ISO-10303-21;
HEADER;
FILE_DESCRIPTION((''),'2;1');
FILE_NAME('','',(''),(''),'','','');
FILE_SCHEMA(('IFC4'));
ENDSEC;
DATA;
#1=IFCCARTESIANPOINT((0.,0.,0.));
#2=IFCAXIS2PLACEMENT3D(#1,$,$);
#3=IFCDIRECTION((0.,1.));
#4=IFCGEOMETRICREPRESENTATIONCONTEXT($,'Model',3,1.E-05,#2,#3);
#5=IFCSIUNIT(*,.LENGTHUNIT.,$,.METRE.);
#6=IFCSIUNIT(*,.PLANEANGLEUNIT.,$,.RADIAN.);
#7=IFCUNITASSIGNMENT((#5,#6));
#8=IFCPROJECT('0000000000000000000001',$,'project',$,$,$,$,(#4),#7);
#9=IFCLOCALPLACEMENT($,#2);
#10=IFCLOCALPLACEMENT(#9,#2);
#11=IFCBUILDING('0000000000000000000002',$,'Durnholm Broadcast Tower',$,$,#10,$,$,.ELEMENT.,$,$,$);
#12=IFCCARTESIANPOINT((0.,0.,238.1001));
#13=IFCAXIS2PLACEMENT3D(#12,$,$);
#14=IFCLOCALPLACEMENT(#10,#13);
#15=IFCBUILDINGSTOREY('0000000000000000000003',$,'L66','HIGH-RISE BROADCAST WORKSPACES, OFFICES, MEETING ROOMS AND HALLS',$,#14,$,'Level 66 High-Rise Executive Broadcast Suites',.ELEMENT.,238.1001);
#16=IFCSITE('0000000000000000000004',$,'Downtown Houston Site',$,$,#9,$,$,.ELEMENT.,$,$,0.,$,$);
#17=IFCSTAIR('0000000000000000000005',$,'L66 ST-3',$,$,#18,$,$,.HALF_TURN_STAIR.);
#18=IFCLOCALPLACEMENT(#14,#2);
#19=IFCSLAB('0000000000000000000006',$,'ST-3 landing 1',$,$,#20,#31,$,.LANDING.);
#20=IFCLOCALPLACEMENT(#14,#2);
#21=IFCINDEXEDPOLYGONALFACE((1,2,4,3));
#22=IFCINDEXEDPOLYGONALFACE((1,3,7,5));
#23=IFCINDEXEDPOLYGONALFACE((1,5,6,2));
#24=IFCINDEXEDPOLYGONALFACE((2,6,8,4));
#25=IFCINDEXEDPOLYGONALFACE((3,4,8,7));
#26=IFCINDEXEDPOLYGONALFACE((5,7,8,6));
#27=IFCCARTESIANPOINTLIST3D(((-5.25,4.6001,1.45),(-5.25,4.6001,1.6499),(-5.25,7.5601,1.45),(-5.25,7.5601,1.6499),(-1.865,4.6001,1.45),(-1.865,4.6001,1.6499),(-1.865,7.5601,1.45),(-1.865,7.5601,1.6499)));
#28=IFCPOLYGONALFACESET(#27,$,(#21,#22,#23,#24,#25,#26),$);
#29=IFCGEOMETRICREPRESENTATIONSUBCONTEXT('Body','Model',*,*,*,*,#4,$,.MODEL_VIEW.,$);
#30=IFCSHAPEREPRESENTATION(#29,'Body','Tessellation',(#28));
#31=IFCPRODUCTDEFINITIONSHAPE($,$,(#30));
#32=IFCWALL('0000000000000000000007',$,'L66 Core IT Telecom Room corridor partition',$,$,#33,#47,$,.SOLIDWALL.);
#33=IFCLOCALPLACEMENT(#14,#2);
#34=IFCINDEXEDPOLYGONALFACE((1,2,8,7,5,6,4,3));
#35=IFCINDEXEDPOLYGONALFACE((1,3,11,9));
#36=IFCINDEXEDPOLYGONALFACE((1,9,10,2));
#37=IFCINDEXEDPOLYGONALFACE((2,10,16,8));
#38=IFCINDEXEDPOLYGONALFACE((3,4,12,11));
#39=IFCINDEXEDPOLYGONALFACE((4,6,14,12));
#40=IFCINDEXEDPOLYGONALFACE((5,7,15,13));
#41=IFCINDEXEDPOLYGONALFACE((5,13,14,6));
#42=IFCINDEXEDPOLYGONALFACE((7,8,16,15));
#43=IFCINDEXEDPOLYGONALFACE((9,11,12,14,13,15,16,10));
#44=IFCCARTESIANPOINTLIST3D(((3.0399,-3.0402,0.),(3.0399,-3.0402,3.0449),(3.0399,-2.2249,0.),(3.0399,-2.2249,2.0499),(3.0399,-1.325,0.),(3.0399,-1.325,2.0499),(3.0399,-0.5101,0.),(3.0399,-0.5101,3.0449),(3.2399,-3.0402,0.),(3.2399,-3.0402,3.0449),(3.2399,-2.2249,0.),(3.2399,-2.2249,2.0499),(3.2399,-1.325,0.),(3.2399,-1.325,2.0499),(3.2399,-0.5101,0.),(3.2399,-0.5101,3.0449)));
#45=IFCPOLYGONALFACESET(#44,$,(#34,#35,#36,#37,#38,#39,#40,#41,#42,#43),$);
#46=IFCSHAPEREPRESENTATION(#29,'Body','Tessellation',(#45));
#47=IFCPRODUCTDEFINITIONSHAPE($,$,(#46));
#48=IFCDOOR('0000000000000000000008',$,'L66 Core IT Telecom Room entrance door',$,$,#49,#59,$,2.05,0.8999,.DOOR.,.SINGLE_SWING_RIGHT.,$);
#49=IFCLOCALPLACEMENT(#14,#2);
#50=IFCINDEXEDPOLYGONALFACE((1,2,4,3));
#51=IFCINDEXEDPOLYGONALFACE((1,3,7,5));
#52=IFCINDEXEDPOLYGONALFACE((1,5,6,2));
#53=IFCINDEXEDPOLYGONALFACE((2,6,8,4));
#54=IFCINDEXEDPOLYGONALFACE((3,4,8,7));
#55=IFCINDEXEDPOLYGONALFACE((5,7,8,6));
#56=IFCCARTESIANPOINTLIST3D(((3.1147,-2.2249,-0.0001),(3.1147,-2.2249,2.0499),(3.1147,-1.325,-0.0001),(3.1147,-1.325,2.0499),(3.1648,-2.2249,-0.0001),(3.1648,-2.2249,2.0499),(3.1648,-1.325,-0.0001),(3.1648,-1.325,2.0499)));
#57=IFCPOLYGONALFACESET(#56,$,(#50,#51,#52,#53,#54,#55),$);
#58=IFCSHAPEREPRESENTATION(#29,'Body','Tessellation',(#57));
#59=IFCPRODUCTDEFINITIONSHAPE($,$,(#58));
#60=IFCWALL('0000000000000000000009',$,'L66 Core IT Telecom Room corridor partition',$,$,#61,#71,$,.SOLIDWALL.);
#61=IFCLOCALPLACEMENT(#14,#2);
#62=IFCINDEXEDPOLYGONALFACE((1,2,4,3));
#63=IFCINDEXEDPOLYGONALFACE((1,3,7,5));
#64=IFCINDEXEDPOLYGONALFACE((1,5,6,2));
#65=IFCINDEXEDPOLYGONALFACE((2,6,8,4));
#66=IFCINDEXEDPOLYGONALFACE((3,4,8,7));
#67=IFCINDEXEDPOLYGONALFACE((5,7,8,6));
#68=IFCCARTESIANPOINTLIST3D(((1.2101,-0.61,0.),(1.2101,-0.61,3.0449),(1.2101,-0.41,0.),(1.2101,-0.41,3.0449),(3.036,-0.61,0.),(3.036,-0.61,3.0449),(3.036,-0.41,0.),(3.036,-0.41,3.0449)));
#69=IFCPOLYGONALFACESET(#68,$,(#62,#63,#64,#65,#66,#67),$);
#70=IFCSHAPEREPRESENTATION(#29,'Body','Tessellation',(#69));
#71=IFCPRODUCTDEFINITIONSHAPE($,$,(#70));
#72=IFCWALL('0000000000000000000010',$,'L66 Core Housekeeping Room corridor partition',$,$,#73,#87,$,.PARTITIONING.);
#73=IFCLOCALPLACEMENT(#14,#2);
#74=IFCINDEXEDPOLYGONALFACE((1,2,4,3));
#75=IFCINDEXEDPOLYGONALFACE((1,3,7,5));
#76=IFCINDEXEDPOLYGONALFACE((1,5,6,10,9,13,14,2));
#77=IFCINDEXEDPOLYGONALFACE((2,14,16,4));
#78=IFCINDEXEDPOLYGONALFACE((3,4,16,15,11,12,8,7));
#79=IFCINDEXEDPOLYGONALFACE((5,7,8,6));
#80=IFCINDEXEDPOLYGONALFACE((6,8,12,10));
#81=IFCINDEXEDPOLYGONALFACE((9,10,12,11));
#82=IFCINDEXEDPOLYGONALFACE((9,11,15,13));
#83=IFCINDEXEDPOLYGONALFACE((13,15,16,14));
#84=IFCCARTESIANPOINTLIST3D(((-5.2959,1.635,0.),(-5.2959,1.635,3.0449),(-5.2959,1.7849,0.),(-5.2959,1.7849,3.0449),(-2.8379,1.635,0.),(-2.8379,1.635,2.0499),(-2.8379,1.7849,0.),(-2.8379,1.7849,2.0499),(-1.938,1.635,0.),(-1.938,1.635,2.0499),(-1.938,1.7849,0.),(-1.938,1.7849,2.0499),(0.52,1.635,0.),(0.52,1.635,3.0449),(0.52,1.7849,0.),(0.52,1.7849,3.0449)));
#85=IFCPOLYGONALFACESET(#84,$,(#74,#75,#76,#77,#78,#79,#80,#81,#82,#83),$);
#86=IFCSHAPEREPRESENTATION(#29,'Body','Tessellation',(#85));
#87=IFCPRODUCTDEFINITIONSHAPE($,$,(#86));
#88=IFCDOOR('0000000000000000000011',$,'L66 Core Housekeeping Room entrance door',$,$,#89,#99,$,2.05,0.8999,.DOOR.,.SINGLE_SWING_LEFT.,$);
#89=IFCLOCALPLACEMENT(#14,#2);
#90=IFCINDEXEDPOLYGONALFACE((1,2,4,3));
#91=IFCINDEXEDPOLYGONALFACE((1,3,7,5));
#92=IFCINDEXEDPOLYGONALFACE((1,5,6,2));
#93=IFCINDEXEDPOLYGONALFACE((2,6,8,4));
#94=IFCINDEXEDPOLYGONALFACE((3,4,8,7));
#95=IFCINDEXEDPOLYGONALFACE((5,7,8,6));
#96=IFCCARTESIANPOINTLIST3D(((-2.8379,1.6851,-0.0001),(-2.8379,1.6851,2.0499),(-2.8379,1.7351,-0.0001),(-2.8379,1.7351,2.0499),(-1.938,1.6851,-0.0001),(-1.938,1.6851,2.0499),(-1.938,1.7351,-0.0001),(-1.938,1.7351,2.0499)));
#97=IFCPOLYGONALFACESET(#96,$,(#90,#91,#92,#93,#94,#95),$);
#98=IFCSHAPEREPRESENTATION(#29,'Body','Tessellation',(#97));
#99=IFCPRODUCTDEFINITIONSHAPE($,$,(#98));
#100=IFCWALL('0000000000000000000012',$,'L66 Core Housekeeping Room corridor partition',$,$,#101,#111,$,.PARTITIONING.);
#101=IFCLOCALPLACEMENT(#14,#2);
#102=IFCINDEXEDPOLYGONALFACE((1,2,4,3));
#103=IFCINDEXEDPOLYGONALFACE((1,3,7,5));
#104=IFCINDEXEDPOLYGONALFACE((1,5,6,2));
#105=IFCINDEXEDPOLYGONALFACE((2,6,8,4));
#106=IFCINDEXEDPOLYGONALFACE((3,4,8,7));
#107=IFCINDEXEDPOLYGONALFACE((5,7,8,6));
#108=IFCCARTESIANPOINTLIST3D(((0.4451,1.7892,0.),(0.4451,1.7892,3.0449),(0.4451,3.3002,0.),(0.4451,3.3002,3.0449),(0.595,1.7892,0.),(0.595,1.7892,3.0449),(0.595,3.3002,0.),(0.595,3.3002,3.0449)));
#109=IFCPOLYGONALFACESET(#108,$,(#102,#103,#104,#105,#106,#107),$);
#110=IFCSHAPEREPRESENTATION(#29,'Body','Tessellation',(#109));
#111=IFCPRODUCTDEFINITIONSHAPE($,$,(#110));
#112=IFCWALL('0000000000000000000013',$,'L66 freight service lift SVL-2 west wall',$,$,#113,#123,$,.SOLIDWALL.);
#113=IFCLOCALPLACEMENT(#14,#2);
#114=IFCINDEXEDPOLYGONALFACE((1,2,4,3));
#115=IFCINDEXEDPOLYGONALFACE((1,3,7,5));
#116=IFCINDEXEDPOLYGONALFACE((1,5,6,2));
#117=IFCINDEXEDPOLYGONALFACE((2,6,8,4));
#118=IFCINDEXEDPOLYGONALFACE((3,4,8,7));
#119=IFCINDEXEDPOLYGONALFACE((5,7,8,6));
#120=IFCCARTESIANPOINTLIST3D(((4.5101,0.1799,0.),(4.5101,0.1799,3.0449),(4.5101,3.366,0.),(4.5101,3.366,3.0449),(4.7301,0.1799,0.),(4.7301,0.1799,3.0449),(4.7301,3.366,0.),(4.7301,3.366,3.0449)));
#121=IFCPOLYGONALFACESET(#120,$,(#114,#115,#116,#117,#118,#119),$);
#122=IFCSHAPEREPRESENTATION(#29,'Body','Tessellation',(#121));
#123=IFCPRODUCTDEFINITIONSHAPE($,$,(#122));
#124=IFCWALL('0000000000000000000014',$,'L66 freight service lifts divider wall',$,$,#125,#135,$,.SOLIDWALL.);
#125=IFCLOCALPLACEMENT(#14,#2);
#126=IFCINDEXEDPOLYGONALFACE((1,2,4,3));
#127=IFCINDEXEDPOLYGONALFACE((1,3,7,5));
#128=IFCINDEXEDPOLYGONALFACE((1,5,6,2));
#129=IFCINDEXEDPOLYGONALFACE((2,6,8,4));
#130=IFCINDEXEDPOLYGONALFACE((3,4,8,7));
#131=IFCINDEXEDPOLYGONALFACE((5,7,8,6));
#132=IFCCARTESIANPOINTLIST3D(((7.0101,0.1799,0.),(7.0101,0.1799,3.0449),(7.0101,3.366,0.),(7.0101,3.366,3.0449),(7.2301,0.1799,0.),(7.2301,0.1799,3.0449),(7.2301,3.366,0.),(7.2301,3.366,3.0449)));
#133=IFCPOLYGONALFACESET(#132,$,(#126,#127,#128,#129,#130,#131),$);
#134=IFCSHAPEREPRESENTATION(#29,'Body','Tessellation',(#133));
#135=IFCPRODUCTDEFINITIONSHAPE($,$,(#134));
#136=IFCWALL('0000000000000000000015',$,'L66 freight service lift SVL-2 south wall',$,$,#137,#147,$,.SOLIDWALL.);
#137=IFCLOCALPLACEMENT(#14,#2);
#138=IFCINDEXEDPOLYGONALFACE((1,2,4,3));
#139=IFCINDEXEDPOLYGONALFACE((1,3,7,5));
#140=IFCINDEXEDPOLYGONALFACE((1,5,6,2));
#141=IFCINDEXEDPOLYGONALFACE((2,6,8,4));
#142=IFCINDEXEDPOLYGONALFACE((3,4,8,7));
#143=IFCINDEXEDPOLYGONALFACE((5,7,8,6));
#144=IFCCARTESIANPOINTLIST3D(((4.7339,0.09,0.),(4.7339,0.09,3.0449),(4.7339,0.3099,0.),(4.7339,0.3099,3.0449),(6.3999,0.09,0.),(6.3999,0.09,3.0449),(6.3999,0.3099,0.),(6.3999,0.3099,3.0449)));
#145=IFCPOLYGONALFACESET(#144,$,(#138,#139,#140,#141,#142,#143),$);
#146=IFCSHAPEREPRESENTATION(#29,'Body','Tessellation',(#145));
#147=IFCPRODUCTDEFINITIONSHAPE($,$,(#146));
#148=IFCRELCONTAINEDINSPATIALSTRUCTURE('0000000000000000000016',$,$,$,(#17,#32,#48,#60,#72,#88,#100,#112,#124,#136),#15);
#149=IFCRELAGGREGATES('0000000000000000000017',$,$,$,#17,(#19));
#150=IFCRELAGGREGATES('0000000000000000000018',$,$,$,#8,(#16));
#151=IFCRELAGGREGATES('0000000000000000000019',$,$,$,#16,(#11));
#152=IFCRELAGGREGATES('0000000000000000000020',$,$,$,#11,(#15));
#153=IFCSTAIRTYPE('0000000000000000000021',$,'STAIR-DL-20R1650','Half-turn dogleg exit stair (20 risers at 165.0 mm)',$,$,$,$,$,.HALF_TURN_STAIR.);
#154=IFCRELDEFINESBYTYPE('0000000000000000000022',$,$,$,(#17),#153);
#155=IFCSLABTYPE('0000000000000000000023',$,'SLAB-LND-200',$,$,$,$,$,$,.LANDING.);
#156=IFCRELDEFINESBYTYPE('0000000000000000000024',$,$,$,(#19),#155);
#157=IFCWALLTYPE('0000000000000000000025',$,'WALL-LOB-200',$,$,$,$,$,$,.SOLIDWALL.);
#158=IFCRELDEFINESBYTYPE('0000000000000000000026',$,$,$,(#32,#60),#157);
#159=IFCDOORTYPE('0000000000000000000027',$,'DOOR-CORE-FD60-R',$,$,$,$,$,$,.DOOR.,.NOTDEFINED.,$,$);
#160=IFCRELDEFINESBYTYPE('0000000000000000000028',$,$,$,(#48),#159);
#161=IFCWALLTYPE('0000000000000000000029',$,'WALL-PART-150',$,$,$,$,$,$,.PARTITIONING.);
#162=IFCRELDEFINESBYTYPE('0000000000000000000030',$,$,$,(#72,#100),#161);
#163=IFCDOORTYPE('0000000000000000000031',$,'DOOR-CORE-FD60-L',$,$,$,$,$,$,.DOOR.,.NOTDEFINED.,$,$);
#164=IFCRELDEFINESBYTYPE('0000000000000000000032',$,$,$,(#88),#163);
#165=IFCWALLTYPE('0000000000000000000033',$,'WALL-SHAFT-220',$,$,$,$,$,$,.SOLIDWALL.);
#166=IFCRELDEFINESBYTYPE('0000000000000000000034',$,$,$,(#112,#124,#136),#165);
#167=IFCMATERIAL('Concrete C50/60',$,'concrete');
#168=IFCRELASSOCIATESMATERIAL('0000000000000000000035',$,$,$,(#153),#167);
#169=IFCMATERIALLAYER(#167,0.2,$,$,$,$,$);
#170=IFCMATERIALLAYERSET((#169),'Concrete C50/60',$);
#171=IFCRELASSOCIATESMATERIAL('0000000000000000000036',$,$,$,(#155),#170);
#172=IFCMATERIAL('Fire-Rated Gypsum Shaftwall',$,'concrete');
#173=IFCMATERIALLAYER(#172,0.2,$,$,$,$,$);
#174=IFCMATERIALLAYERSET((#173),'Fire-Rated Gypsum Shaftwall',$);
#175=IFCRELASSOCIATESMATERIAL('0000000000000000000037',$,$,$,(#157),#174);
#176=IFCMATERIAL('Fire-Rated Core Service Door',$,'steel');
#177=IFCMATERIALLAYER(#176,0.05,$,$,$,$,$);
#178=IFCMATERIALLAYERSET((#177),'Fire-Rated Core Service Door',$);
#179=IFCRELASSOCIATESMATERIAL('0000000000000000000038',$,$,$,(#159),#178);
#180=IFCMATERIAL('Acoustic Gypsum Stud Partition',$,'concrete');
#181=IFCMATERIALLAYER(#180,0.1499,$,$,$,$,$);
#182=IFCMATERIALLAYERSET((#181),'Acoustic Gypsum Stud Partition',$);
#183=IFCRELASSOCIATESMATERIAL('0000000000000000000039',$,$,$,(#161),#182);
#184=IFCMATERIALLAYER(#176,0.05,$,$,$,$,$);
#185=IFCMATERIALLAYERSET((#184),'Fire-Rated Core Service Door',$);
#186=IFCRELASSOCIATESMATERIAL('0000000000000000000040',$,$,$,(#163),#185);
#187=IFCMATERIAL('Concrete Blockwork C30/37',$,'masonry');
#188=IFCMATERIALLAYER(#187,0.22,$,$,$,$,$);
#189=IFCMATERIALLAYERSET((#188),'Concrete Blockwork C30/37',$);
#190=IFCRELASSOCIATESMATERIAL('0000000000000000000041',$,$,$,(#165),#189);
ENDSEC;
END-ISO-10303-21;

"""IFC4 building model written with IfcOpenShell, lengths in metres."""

from ifc_helpers import new_model, si_unit, direction, frame, frame_2d, origin, place, context, subcontext, project, spatial, polyline, rectangle, outline, extrude, source, transform, mapped, material, layer, layer_set, type_object, type_shapes, element, fill, aggregate, save


model = new_model("IFC4")

# Units and contexts
model_context = context("Model", 3, precision=1e-05, world=origin(), true_north=direction((0.0, 1.0)))
body_context = subcontext(model_context, "Body", "Model", "MODEL_VIEW")
ifc_project = project(units=[si_unit("LENGTHUNIT", "METRE"), si_unit("PLANEANGLEUNIT", "RADIAN")], contexts=[model_context])

# Site, building, storey
site_placement = place(None, origin())
site = spatial("IfcSite", under=ifc_project, at=site_placement, Name="Downtown Houston Site", CompositionType="ELEMENT", RefElevation=0.0)
building_placement = place(site_placement, origin())
building = spatial("IfcBuilding", under=site, at=building_placement, Name="Durnholm Broadcast Tower", CompositionType="ELEMENT")
storey_placement = place(building_placement, frame((0.0, 0.0, 238.1001)))
storey = spatial("IfcBuildingStorey", under=building, at=storey_placement, Name="L66", Description="HIGH-RISE BROADCAST WORKSPACES, OFFICES, MEETING ROOMS AND HALLS", LongName="Level 66 High-Rise Executive Broadcast Suites", CompositionType="ELEMENT", Elevation=238.1001)

# Stair, slab
ifc_material_1 = material(Name="Concrete C50/60", Category="concrete")
stair_type = type_object("IfcStairType", Name="STAIR-DL-20R1650", Description="Half-turn dogleg exit stair (20 risers at 165.0 mm)", PredefinedType="HALF_TURN_STAIR", material=ifc_material_1)
stair_placement = place(storey_placement, origin())
stair = element("IfcStair", 1, at=stair_placement, inside=storey, type_object=stair_type, Name="L66 ST-3", PredefinedType="HALF_TURN_STAIR")
ifc_layer_1 = layer(ifc_material_1, 0.2)
ifc_layer_set_1 = layer_set([ifc_layer_1], Name="Concrete C50/60")
slab_type = type_object("IfcSlabType", Name="SLAB-LND-200", PredefinedType="LANDING", material=ifc_layer_set_1)
slab_placement = place(storey_placement, frame((0.0, 0.0, 1.45)))
slab = element("IfcSlab", 2, at=slab_placement, type_object=slab_type, Name="ST-3 landing 1", PredefinedType="LANDING", context=body_context, shape_type="SweptSolid", body=[
    extrude(outline(polyline([(-1.865, 7.5601), (-5.25, 7.5601), (-5.25, 4.6001), (-1.865, 4.6001), (-1.865, 7.5601)])), origin(), (0.0, 0.0, 1.0), 0.2),
])

# Wall, opening, door
ifc_material_2 = material(Name="Fire-Rated Gypsum Shaftwall", Category="concrete")
ifc_layer_2 = layer(ifc_material_2, 0.2)
ifc_layer_set_2 = layer_set([ifc_layer_2], Name="Fire-Rated Gypsum Shaftwall")
wall_type_1 = type_object("IfcWallType", Name="WALL-LOB-200", PredefinedType="SOLIDWALL", material=ifc_layer_set_2)
wall_1_placement = place(storey_placement, frame((3.1399, -0.51, 0.0), z_axis=(0.0, 0.0, 1.0), x_axis=(0.0, -1.0, 0.0)))
wall_1 = element("IfcWall", 3, at=wall_1_placement, inside=storey, type_object=wall_type_1, Name="L66 Core IT Telecom Room corridor partition", PredefinedType="SOLIDWALL", context=body_context, shape_type="SweptSolid", body=[
    extrude(rectangle(XDim=2.53, YDim=0.2, at=frame_2d((1.2651, 0.0))), origin(), (0.0, 0.0, 1.0), 3.0449),
])
opening_1_placement = place(wall_1_placement, frame((0.8149, 0.0, 0.0)))
opening_1 = element("IfcOpeningElement", 4, at=opening_1_placement, cuts=wall_1, PredefinedType="OPENING", context=body_context, shape_type="SweptSolid", body=[
    extrude(rectangle(XDim=0.8999, YDim=2.05, at=frame_2d((0.45, 1.0249))), frame((0.0, 0.1099, 0.0), z_axis=(0.0, -1.0, 0.0), x_axis=(1.0, 0.0, 0.0)), (0.0, 0.0, 1.0), 0.22),
])
ifc_material_3 = material(Name="Fire-Rated Core Service Door", Category="steel")
ifc_layer_3 = layer(ifc_material_3, 0.05)
ifc_layer_set_3 = layer_set([ifc_layer_3], Name="Fire-Rated Core Service Door")
door_type_1 = type_object("IfcDoorType", Name="DOOR-CORE-FD60-R", OperationType="NOTDEFINED", PredefinedType="DOOR", material=ifc_layer_set_3)
shared_shape_1 = source(origin(), body_context, "Body", "SweptSolid", [
    extrude(rectangle(XDim=0.8999, YDim=2.05, at=frame_2d((0.45, 1.0249))), frame((0.0, 0.0249, 0.0), z_axis=(0.0, -1.0, 0.0), x_axis=(1.0, 0.0, 0.0)), (0.0, 0.0, 1.0), 0.05),
])
type_shapes(door_type_1, [shared_shape_1])
door_1_placement = place(opening_1_placement, origin())
door_1 = element("IfcDoor", 5, at=door_1_placement, inside=storey, type_object=door_type_1, Name="L66 Core IT Telecom Room entrance door", OperationType="SINGLE_SWING_RIGHT", OverallHeight=2.05, OverallWidth=0.8999, PredefinedType="DOOR", context=body_context, shape_type="MappedRepresentation", body=[
    mapped(shared_shape_1, transform((0.0, 0.0, 0.0), x_axis=(1.0, 0.0, 0.0), y_axis=(0.0, 1.0, 0.0), z_axis=(0.0, 0.0, 1.0), scale=1.0)),
])
fill(opening_1, door_1)

# Wall
wall_2_placement = place(storey_placement, frame((1.21, -0.51, 0.0), z_axis=(0.0, 0.0, 1.0), x_axis=(1.0, 0.0, 0.0)))
element("IfcWall", 6, at=wall_2_placement, inside=storey, type_object=wall_type_1, Name="L66 Core IT Telecom Room corridor partition", PredefinedType="SOLIDWALL", context=body_context, shape_type="SweptSolid", body=[
    extrude(rectangle(XDim=1.8259, YDim=0.2, at=frame_2d((0.9131, 0.0))), origin(), (0.0, 0.0, 1.0), 3.0449),
])

# Wall, opening, door
ifc_material_4 = material(Name="Acoustic Gypsum Stud Partition", Category="concrete")
ifc_layer_4 = layer(ifc_material_4, 0.1499)
ifc_layer_set_4 = layer_set([ifc_layer_4], Name="Acoustic Gypsum Stud Partition")
wall_type_2 = type_object("IfcWallType", Name="WALL-PART-150", PredefinedType="PARTITIONING", material=ifc_layer_set_4)
wall_3_placement = place(storey_placement, frame((0.52, 1.71, 0.0), z_axis=(0.0, 0.0, 1.0), x_axis=(-1.0, 0.0, 0.0)))
wall_3 = element("IfcWall", 7, at=wall_3_placement, inside=storey, type_object=wall_type_2, Name="L66 Core Housekeeping Room corridor partition", PredefinedType="PARTITIONING", context=body_context, shape_type="SweptSolid", body=[
    extrude(rectangle(XDim=5.8159, YDim=0.1499, at=frame_2d((2.908, 0.0))), origin(), (0.0, 0.0, 1.0), 3.0449),
])
opening_2_placement = place(wall_3_placement, frame((2.458, 0.0, 0.0)))
opening_2 = element("IfcOpeningElement", 8, at=opening_2_placement, cuts=wall_3, PredefinedType="OPENING", context=body_context, shape_type="SweptSolid", body=[
    extrude(rectangle(XDim=0.8999, YDim=2.05, at=frame_2d((0.45, 1.0249))), frame((0.0, 0.085, 0.0), z_axis=(0.0, -1.0, 0.0), x_axis=(1.0, 0.0, 0.0)), (0.0, 0.0, 1.0), 0.1699),
])
ifc_layer_5 = layer(ifc_material_3, 0.05)
ifc_layer_set_5 = layer_set([ifc_layer_5], Name="Fire-Rated Core Service Door")
door_type_2 = type_object("IfcDoorType", Name="DOOR-CORE-FD60-L", OperationType="NOTDEFINED", PredefinedType="DOOR", material=ifc_layer_set_5)
shared_shape_2 = source(origin(), body_context, "Body", "SweptSolid", [
    extrude(rectangle(XDim=0.8999, YDim=2.05, at=frame_2d((0.45, 1.0249))), frame((0.0, 0.0249, 0.0), z_axis=(0.0, -1.0, 0.0), x_axis=(1.0, 0.0, 0.0)), (0.0, 0.0, 1.0), 0.05),
])
type_shapes(door_type_2, [shared_shape_2])
door_2_placement = place(opening_2_placement, origin())
door_2 = element("IfcDoor", 9, at=door_2_placement, inside=storey, type_object=door_type_2, Name="L66 Core Housekeeping Room entrance door", OperationType="SINGLE_SWING_LEFT", OverallHeight=2.05, OverallWidth=0.8999, PredefinedType="DOOR", context=body_context, shape_type="MappedRepresentation", body=[
    mapped(shared_shape_2, transform((0.0, 0.0, 0.0), x_axis=(1.0, 0.0, 0.0), y_axis=(0.0, 1.0, 0.0), z_axis=(0.0, 0.0, 1.0), scale=1.0)),
])
fill(opening_2, door_2)

# Wall
wall_4_placement = place(storey_placement, frame((0.52, 3.3, 0.0), z_axis=(0.0, 0.0, 1.0), x_axis=(0.0, -1.0, 0.0)))
element("IfcWall", 10, at=wall_4_placement, inside=storey, type_object=wall_type_2, Name="L66 Core Housekeeping Room corridor partition", PredefinedType="PARTITIONING", context=body_context, shape_type="SweptSolid", body=[
    extrude(rectangle(XDim=1.511, YDim=0.1499, at=frame_2d((0.7554, 0.0))), origin(), (0.0, 0.0, 1.0), 3.0449),
])

# Shared definitions
ifc_material_5 = material(Name="Concrete Blockwork C30/37", Category="masonry")
ifc_layer_6 = layer(ifc_material_5, 0.22)
ifc_layer_set_6 = layer_set([ifc_layer_6], Name="Concrete Blockwork C30/37")
wall_type_3 = type_object("IfcWallType", Name="WALL-SHAFT-220", PredefinedType="SOLIDWALL", material=ifc_layer_set_6)

# Walls
for number, where, z_axis, x_axis, name in (
    (11, (4.6201, 0.1799, 0.0), (0.0, 0.0, 1.0), (0.0, 1.0, 0.0), "L66 freight service lift SVL-2 west wall"),
    (12, (7.1201, 0.1799, 0.0), (0.0, 0.0, 1.0), (0.0, 1.0, 0.0), "L66 freight service lifts divider wall"),
):
    element("IfcWall", number, at=place(storey_placement, frame(where, z_axis=z_axis, x_axis=x_axis)), inside=storey, type_object=wall_type_3, Name=name, PredefinedType="SOLIDWALL", context=body_context, shape_type="SweptSolid", body=[
        extrude(rectangle(XDim=3.186, YDim=0.22, at=frame_2d((1.593, 0.0))), origin(), (0.0, 0.0, 1.0), 3.0449),
    ])
wall_5_placement = place(storey_placement, frame((4.7339, 0.2, 0.0), z_axis=(0.0, 0.0, 1.0), x_axis=(1.0, 0.0, 0.0)))
element("IfcWall", 13, at=wall_5_placement, inside=storey, type_object=wall_type_3, Name="L66 freight service lift SVL-2 south wall", PredefinedType="SOLIDWALL", context=body_context, shape_type="SweptSolid", body=[
    extrude(rectangle(XDim=1.666, YDim=0.22, at=frame_2d((0.833, 0.0))), origin(), (0.0, 0.0, 1.0), 3.0449),
])

aggregate(stair, [slab])

save(model, "model.ifc")
